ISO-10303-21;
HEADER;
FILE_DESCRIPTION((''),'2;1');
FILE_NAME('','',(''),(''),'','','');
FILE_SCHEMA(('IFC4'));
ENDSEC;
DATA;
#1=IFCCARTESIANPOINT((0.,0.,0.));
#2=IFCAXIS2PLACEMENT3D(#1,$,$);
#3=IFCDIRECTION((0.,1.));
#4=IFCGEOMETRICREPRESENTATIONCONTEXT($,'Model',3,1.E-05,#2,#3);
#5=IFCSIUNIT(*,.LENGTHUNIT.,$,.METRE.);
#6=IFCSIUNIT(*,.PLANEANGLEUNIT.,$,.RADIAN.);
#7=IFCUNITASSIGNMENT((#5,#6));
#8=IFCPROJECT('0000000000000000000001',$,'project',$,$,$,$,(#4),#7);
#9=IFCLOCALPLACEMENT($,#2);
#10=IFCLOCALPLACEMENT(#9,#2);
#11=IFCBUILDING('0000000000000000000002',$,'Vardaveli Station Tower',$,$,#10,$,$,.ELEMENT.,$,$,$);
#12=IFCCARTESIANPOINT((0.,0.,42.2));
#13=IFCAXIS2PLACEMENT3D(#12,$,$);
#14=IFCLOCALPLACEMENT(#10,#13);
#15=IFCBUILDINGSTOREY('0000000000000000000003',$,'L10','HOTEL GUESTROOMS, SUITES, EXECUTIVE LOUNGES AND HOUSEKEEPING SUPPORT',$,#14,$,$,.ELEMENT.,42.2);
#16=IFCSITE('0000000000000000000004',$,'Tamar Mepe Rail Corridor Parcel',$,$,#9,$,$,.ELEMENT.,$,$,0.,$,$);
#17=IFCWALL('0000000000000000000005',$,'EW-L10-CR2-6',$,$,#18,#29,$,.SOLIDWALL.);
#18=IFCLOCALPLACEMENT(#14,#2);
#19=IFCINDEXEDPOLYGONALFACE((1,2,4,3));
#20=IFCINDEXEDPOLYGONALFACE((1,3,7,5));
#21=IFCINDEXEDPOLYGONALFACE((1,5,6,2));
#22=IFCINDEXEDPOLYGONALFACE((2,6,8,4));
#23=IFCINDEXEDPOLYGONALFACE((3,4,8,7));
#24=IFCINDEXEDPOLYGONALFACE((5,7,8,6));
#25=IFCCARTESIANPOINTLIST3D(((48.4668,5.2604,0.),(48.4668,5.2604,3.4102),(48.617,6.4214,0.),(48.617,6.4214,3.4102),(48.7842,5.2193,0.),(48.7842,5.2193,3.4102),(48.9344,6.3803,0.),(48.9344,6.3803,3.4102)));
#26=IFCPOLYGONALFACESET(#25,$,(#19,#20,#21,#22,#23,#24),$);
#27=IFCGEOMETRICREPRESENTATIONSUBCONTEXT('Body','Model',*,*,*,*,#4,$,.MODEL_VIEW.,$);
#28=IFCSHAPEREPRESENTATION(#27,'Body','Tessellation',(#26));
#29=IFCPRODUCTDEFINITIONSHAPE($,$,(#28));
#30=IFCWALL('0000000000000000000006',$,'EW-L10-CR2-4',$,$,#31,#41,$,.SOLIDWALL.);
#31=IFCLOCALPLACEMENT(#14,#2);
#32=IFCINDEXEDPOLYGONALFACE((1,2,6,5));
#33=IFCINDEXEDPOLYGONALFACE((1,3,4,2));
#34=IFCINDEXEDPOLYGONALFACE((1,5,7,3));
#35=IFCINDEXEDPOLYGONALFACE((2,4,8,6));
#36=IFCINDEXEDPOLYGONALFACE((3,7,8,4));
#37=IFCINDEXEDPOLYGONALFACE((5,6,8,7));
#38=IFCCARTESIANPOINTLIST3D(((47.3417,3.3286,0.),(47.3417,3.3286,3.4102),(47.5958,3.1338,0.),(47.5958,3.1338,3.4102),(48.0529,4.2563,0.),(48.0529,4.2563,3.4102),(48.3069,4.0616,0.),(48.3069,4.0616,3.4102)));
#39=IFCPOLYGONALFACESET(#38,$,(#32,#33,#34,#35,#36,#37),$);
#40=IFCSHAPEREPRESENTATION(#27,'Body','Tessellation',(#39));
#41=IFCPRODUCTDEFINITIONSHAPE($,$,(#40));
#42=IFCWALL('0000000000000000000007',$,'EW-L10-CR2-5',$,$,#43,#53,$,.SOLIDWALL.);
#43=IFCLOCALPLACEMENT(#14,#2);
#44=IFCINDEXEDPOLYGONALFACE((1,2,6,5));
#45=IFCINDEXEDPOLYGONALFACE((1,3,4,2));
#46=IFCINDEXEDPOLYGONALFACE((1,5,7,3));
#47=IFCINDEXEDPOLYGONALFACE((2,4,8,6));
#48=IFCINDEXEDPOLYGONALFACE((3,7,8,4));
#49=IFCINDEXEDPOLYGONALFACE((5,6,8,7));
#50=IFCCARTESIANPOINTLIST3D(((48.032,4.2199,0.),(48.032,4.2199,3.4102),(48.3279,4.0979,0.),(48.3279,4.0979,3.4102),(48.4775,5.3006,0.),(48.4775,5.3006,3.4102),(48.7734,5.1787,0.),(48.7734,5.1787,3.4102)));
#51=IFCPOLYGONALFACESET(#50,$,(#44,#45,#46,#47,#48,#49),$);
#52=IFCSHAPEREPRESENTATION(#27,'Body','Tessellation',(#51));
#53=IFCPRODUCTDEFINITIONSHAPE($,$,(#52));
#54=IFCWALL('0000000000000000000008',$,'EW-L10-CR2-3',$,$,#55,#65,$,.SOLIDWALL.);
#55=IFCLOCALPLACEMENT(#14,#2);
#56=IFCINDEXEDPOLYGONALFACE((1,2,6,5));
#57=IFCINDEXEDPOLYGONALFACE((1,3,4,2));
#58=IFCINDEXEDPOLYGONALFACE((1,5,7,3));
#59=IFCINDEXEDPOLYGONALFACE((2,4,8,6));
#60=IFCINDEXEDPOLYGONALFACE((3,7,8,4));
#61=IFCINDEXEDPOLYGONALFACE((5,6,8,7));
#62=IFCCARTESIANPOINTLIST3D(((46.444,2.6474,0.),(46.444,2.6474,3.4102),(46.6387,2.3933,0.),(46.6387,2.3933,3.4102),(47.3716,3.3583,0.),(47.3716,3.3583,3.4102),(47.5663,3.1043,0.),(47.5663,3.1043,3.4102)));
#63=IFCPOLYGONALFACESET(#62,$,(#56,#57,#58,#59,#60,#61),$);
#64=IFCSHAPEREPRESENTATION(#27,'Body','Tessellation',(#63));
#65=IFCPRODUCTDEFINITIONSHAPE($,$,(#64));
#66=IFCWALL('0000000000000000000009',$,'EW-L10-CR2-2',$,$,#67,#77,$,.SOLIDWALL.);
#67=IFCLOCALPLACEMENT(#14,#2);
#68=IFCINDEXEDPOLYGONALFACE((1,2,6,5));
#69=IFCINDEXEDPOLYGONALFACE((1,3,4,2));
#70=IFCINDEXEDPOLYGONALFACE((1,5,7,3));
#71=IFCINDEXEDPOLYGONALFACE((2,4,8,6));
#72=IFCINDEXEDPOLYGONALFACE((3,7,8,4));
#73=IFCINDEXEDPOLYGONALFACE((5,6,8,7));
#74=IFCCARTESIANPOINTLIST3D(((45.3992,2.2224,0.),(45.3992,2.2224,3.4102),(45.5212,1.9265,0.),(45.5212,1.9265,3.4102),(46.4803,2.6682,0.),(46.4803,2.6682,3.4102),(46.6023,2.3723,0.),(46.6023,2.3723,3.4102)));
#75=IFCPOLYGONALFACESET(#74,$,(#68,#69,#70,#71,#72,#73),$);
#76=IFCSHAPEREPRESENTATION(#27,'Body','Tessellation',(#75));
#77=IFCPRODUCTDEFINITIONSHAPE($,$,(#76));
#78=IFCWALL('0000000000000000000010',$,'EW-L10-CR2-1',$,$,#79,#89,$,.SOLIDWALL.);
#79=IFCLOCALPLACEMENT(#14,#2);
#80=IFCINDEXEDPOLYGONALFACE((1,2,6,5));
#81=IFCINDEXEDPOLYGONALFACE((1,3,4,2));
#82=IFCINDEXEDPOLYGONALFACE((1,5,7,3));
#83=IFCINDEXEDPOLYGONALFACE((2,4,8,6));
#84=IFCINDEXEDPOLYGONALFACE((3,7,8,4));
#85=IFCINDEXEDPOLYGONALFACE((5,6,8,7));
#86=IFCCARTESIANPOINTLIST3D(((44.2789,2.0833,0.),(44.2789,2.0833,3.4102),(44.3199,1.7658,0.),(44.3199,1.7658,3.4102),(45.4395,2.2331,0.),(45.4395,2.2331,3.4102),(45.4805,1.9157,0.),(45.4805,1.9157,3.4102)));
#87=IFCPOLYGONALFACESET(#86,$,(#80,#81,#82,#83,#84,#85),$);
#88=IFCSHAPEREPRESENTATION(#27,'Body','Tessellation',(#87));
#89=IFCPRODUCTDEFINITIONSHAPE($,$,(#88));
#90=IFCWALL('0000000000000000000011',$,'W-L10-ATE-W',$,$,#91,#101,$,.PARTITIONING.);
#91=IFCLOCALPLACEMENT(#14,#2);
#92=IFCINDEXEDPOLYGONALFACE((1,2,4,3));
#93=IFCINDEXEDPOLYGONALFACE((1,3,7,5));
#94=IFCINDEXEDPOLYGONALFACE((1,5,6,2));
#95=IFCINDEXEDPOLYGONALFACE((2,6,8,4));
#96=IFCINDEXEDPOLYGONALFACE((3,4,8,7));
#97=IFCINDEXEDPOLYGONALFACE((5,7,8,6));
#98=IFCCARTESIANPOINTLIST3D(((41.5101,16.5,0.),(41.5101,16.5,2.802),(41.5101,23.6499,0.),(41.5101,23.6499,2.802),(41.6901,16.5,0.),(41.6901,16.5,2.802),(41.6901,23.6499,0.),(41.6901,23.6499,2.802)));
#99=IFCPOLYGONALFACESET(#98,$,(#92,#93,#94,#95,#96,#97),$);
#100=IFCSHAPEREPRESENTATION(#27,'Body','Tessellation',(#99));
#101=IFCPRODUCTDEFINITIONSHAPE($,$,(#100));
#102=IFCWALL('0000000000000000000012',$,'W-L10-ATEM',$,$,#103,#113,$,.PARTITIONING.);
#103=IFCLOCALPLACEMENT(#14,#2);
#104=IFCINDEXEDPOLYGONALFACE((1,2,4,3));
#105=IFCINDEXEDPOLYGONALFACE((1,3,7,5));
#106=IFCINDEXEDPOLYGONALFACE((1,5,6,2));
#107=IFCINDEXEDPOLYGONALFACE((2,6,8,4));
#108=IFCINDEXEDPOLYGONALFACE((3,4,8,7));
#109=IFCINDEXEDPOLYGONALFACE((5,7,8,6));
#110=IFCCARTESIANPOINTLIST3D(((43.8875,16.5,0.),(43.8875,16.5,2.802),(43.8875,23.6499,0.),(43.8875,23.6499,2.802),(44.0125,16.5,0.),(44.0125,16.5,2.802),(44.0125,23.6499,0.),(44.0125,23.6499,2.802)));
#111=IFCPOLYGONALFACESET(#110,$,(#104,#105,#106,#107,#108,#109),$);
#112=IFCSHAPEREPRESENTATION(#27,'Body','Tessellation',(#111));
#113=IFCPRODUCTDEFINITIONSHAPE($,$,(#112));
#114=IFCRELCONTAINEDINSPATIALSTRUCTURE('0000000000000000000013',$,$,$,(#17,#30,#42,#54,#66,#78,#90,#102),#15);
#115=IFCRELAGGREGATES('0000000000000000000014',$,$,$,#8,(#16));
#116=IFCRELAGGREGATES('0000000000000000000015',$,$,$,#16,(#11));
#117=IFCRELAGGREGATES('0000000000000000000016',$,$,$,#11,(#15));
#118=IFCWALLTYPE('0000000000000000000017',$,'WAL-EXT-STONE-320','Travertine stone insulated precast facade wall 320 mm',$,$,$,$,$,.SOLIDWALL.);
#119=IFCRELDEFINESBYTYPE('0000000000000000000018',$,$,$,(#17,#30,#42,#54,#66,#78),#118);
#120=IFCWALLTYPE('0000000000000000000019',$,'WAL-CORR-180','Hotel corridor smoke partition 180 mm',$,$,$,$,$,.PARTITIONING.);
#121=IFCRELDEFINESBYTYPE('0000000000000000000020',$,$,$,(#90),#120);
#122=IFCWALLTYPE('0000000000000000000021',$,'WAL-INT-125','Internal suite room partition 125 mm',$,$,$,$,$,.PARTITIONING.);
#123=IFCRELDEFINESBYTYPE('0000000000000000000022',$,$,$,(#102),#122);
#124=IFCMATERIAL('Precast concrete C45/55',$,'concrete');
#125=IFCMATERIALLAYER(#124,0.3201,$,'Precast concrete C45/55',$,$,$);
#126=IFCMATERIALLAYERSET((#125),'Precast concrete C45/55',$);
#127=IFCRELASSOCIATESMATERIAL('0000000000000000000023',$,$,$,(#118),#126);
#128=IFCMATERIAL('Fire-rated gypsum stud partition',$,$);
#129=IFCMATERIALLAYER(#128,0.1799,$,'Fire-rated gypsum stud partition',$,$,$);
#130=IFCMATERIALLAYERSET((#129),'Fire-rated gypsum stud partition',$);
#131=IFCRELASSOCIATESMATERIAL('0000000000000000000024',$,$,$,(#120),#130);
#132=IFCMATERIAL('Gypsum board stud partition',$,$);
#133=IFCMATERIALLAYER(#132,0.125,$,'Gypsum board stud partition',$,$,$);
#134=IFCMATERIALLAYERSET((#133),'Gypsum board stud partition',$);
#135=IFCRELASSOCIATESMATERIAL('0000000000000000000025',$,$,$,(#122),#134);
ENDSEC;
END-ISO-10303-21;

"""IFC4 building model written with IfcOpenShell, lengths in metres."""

from ifc_helpers import new_model, si_unit, direction, frame, frame_2d, origin, place, context, subcontext, project, spatial, rectangle, extrude, source, transform, mapped, material, layer, layer_set, type_object, element, save


model = new_model("IFC4")

# Units and contexts
model_context = context("Model", 3, precision=1e-05, world=origin(), true_north=direction((0.0, 1.0)))
body_context = subcontext(model_context, "Body", "Model", "MODEL_VIEW")
ifc_project = project(units=[si_unit("LENGTHUNIT", "METRE"), si_unit("PLANEANGLEUNIT", "RADIAN")], contexts=[model_context])

# Site, building, storey
site_placement = place(None, origin())
site = spatial("IfcSite", under=ifc_project, at=site_placement, Name="Tamar Mepe Rail Corridor Parcel", CompositionType="ELEMENT", RefElevation=0.0)
building_placement = place(site_placement, origin())
building = spatial("IfcBuilding", under=site, at=building_placement, Name="Vardaveli Station Tower", CompositionType="ELEMENT")
storey_placement = place(building_placement, frame((0.0, 0.0, 42.2)))
storey = spatial("IfcBuildingStorey", under=building, at=storey_placement, Name="L10", Description="HOTEL GUESTROOMS, SUITES, EXECUTIVE LOUNGES AND HOUSEKEEPING SUPPORT", CompositionType="ELEMENT", Elevation=42.2)

# Shared definitions
ifc_material_1 = material(Name="Precast concrete C45/55", Category="concrete")

# Shared definitions
ifc_layer_1 = layer(ifc_material_1, 0.3201, Name="Precast concrete C45/55")
ifc_layer_set_1 = layer_set([ifc_layer_1], Name="Precast concrete C45/55")
wall_type_1 = type_object("IfcWallType", Name="WAL-EXT-STONE-320", Description="Travertine stone insulated precast facade wall 320 mm", PredefinedType="SOLIDWALL", material=ifc_layer_set_1)

# Walls
shared_shape_1 = source(origin(), body_context, "Body", "SweptSolid", [
    extrude(rectangle(XDim=1.1707, YDim=0.3201, at=frame_2d((0.5854, 0.0))), origin(), (0.0, 0.0, 1.0), 3.4102),
])
wall_1_placement = place(storey_placement, frame((48.6255, 5.2397, 0.0), z_axis=(0.0, 0.0, 1.0), x_axis=(0.128269, 0.991739, 0.0)))
element("IfcWall", 1, at=wall_1_placement, inside=storey, type_object=wall_type_1, Name="EW-L10-CR2-6", PredefinedType="SOLIDWALL", context=body_context, shape_type="MappedRepresentation", body=[
    mapped(shared_shape_1, transform((0.0, 0.0, 0.0), scale=1.0)),
])
shared_shape_2 = source(origin(), body_context, "Body", "SweptSolid", [
    extrude(rectangle(XDim=1.1689, YDim=0.3201, at=frame_2d((0.5845, 0.0))), origin(), (0.0, 0.0, 1.0), 3.4102),
])
for number, where, z_axis, x_axis, name in (
    (2, (47.4688, 3.2312, 0.0), (0.0, 0.0, 1.0), (0.608388, 0.79364, 0.0), "EW-L10-CR2-4"),
    (3, (48.1799, 4.1589, 0.0), (0.0, 0.0, 1.0), (0.381128, 0.924522, 0.0), "EW-L10-CR2-5"),
):
    element("IfcWall", number, at=place(storey_placement, frame(where, z_axis=z_axis, x_axis=x_axis)), inside=storey, type_object=wall_type_1, Name=name, PredefinedType="SOLIDWALL", context=body_context, shape_type="MappedRepresentation", body=[
        mapped(shared_shape_2, transform((0.0, 0.0, 0.0), scale=1.0)),
    ])
shared_shape_3 = source(origin(), body_context, "Body", "SweptSolid", [
    extrude(rectangle(XDim=1.1687, YDim=0.3201, at=frame_2d((0.5845, 0.0))), origin(), (0.0, 0.0, 1.0), 3.4102),
])
wall_2_placement = place(storey_placement, frame((46.5413, 2.5203, 0.0), z_axis=(0.0, 0.0, 1.0), x_axis=(0.793664, 0.608357, 0.0)))
element("IfcWall", 4, at=wall_2_placement, inside=storey, type_object=wall_type_1, Name="EW-L10-CR2-3", PredefinedType="SOLIDWALL", context=body_context, shape_type="MappedRepresentation", body=[
    mapped(shared_shape_3, transform((0.0, 0.0, 0.0), scale=1.0)),
])
shared_shape_4 = source(origin(), body_context, "Body", "SweptSolid", [
    extrude(rectangle(XDim=1.1694, YDim=0.3201, at=frame_2d((0.5847, 0.0))), origin(), (0.0, 0.0, 1.0), 3.4102),
])
wall_3_placement = place(storey_placement, frame((45.4602, 2.0745, 0.0), z_axis=(0.0, 0.0, 1.0), x_axis=(0.924479, 0.381233, 0.0)))
element("IfcWall", 5, at=wall_3_placement, inside=storey, type_object=wall_type_1, Name="EW-L10-CR2-2", PredefinedType="SOLIDWALL", context=body_context, shape_type="MappedRepresentation", body=[
    mapped(shared_shape_4, transform((0.0, 0.0, 0.0), scale=1.0)),
])
shared_shape_5 = source(origin(), body_context, "Body", "SweptSolid", [
    extrude(rectangle(XDim=1.1702, YDim=0.3201, at=frame_2d((0.585, 0.0))), origin(), (0.0, 0.0, 1.0), 3.4102),
])
wall_4_placement = place(storey_placement, frame((44.2996, 1.9246, 0.0), z_axis=(0.0, 0.0, 1.0), x_axis=(0.991762, 0.12809, 0.0)))
element("IfcWall", 6, at=wall_4_placement, inside=storey, type_object=wall_type_1, Name="EW-L10-CR2-1", PredefinedType="SOLIDWALL", context=body_context, shape_type="MappedRepresentation", body=[
    mapped(shared_shape_5, transform((0.0, 0.0, 0.0), scale=1.0)),
])

# Shared definitions
ifc_material_2 = material(Name="Fire-rated gypsum stud partition")
ifc_layer_2 = layer(ifc_material_2, 0.1799, Name="Fire-rated gypsum stud partition")
ifc_layer_set_2 = layer_set([ifc_layer_2], Name="Fire-rated gypsum stud partition")
wall_type_2 = type_object("IfcWallType", Name="WAL-CORR-180", Description="Hotel corridor smoke partition 180 mm", PredefinedType="PARTITIONING", material=ifc_layer_set_2)

# Walls
shared_shape_6 = source(origin(), body_context, "Body", "SweptSolid", [
    extrude(rectangle(XDim=7.1499, YDim=0.1799, at=frame_2d((3.575, 0.0))), origin(), (0.0, 0.0, 1.0), 2.802),
])
wall_5_placement = place(storey_placement, frame((41.6001, 16.5, 0.0), z_axis=(0.0, 0.0, 1.0), x_axis=(0.0, 1.0, 0.0)))
element("IfcWall", 7, at=wall_5_placement, inside=storey, type_object=wall_type_2, Name="W-L10-ATE-W", PredefinedType="PARTITIONING", context=body_context, shape_type="MappedRepresentation", body=[
    mapped(shared_shape_6, transform((0.0, 0.0, 0.0), scale=1.0)),
])
ifc_material_3 = material(Name="Gypsum board stud partition")
ifc_layer_3 = layer(ifc_material_3, 0.125, Name="Gypsum board stud partition")
ifc_layer_set_3 = layer_set([ifc_layer_3], Name="Gypsum board stud partition")
wall_type_3 = type_object("IfcWallType", Name="WAL-INT-125", Description="Internal suite room partition 125 mm", PredefinedType="PARTITIONING", material=ifc_layer_set_3)
shared_shape_7 = source(origin(), body_context, "Body", "SweptSolid", [
    extrude(rectangle(XDim=7.1499, YDim=0.125, at=frame_2d((3.575, 0.0))), origin(), (0.0, 0.0, 1.0), 2.802),
])
wall_6_placement = place(storey_placement, frame((43.95, 16.5, 0.0), z_axis=(0.0, 0.0, 1.0), x_axis=(0.0, 1.0, 0.0)))
element("IfcWall", 8, at=wall_6_placement, inside=storey, type_object=wall_type_3, Name="W-L10-ATEM", PredefinedType="PARTITIONING", context=body_context, shape_type="MappedRepresentation", body=[
    mapped(shared_shape_7, transform((0.0, 0.0, 0.0), scale=1.0)),
])

save(model, "model.ifc")
